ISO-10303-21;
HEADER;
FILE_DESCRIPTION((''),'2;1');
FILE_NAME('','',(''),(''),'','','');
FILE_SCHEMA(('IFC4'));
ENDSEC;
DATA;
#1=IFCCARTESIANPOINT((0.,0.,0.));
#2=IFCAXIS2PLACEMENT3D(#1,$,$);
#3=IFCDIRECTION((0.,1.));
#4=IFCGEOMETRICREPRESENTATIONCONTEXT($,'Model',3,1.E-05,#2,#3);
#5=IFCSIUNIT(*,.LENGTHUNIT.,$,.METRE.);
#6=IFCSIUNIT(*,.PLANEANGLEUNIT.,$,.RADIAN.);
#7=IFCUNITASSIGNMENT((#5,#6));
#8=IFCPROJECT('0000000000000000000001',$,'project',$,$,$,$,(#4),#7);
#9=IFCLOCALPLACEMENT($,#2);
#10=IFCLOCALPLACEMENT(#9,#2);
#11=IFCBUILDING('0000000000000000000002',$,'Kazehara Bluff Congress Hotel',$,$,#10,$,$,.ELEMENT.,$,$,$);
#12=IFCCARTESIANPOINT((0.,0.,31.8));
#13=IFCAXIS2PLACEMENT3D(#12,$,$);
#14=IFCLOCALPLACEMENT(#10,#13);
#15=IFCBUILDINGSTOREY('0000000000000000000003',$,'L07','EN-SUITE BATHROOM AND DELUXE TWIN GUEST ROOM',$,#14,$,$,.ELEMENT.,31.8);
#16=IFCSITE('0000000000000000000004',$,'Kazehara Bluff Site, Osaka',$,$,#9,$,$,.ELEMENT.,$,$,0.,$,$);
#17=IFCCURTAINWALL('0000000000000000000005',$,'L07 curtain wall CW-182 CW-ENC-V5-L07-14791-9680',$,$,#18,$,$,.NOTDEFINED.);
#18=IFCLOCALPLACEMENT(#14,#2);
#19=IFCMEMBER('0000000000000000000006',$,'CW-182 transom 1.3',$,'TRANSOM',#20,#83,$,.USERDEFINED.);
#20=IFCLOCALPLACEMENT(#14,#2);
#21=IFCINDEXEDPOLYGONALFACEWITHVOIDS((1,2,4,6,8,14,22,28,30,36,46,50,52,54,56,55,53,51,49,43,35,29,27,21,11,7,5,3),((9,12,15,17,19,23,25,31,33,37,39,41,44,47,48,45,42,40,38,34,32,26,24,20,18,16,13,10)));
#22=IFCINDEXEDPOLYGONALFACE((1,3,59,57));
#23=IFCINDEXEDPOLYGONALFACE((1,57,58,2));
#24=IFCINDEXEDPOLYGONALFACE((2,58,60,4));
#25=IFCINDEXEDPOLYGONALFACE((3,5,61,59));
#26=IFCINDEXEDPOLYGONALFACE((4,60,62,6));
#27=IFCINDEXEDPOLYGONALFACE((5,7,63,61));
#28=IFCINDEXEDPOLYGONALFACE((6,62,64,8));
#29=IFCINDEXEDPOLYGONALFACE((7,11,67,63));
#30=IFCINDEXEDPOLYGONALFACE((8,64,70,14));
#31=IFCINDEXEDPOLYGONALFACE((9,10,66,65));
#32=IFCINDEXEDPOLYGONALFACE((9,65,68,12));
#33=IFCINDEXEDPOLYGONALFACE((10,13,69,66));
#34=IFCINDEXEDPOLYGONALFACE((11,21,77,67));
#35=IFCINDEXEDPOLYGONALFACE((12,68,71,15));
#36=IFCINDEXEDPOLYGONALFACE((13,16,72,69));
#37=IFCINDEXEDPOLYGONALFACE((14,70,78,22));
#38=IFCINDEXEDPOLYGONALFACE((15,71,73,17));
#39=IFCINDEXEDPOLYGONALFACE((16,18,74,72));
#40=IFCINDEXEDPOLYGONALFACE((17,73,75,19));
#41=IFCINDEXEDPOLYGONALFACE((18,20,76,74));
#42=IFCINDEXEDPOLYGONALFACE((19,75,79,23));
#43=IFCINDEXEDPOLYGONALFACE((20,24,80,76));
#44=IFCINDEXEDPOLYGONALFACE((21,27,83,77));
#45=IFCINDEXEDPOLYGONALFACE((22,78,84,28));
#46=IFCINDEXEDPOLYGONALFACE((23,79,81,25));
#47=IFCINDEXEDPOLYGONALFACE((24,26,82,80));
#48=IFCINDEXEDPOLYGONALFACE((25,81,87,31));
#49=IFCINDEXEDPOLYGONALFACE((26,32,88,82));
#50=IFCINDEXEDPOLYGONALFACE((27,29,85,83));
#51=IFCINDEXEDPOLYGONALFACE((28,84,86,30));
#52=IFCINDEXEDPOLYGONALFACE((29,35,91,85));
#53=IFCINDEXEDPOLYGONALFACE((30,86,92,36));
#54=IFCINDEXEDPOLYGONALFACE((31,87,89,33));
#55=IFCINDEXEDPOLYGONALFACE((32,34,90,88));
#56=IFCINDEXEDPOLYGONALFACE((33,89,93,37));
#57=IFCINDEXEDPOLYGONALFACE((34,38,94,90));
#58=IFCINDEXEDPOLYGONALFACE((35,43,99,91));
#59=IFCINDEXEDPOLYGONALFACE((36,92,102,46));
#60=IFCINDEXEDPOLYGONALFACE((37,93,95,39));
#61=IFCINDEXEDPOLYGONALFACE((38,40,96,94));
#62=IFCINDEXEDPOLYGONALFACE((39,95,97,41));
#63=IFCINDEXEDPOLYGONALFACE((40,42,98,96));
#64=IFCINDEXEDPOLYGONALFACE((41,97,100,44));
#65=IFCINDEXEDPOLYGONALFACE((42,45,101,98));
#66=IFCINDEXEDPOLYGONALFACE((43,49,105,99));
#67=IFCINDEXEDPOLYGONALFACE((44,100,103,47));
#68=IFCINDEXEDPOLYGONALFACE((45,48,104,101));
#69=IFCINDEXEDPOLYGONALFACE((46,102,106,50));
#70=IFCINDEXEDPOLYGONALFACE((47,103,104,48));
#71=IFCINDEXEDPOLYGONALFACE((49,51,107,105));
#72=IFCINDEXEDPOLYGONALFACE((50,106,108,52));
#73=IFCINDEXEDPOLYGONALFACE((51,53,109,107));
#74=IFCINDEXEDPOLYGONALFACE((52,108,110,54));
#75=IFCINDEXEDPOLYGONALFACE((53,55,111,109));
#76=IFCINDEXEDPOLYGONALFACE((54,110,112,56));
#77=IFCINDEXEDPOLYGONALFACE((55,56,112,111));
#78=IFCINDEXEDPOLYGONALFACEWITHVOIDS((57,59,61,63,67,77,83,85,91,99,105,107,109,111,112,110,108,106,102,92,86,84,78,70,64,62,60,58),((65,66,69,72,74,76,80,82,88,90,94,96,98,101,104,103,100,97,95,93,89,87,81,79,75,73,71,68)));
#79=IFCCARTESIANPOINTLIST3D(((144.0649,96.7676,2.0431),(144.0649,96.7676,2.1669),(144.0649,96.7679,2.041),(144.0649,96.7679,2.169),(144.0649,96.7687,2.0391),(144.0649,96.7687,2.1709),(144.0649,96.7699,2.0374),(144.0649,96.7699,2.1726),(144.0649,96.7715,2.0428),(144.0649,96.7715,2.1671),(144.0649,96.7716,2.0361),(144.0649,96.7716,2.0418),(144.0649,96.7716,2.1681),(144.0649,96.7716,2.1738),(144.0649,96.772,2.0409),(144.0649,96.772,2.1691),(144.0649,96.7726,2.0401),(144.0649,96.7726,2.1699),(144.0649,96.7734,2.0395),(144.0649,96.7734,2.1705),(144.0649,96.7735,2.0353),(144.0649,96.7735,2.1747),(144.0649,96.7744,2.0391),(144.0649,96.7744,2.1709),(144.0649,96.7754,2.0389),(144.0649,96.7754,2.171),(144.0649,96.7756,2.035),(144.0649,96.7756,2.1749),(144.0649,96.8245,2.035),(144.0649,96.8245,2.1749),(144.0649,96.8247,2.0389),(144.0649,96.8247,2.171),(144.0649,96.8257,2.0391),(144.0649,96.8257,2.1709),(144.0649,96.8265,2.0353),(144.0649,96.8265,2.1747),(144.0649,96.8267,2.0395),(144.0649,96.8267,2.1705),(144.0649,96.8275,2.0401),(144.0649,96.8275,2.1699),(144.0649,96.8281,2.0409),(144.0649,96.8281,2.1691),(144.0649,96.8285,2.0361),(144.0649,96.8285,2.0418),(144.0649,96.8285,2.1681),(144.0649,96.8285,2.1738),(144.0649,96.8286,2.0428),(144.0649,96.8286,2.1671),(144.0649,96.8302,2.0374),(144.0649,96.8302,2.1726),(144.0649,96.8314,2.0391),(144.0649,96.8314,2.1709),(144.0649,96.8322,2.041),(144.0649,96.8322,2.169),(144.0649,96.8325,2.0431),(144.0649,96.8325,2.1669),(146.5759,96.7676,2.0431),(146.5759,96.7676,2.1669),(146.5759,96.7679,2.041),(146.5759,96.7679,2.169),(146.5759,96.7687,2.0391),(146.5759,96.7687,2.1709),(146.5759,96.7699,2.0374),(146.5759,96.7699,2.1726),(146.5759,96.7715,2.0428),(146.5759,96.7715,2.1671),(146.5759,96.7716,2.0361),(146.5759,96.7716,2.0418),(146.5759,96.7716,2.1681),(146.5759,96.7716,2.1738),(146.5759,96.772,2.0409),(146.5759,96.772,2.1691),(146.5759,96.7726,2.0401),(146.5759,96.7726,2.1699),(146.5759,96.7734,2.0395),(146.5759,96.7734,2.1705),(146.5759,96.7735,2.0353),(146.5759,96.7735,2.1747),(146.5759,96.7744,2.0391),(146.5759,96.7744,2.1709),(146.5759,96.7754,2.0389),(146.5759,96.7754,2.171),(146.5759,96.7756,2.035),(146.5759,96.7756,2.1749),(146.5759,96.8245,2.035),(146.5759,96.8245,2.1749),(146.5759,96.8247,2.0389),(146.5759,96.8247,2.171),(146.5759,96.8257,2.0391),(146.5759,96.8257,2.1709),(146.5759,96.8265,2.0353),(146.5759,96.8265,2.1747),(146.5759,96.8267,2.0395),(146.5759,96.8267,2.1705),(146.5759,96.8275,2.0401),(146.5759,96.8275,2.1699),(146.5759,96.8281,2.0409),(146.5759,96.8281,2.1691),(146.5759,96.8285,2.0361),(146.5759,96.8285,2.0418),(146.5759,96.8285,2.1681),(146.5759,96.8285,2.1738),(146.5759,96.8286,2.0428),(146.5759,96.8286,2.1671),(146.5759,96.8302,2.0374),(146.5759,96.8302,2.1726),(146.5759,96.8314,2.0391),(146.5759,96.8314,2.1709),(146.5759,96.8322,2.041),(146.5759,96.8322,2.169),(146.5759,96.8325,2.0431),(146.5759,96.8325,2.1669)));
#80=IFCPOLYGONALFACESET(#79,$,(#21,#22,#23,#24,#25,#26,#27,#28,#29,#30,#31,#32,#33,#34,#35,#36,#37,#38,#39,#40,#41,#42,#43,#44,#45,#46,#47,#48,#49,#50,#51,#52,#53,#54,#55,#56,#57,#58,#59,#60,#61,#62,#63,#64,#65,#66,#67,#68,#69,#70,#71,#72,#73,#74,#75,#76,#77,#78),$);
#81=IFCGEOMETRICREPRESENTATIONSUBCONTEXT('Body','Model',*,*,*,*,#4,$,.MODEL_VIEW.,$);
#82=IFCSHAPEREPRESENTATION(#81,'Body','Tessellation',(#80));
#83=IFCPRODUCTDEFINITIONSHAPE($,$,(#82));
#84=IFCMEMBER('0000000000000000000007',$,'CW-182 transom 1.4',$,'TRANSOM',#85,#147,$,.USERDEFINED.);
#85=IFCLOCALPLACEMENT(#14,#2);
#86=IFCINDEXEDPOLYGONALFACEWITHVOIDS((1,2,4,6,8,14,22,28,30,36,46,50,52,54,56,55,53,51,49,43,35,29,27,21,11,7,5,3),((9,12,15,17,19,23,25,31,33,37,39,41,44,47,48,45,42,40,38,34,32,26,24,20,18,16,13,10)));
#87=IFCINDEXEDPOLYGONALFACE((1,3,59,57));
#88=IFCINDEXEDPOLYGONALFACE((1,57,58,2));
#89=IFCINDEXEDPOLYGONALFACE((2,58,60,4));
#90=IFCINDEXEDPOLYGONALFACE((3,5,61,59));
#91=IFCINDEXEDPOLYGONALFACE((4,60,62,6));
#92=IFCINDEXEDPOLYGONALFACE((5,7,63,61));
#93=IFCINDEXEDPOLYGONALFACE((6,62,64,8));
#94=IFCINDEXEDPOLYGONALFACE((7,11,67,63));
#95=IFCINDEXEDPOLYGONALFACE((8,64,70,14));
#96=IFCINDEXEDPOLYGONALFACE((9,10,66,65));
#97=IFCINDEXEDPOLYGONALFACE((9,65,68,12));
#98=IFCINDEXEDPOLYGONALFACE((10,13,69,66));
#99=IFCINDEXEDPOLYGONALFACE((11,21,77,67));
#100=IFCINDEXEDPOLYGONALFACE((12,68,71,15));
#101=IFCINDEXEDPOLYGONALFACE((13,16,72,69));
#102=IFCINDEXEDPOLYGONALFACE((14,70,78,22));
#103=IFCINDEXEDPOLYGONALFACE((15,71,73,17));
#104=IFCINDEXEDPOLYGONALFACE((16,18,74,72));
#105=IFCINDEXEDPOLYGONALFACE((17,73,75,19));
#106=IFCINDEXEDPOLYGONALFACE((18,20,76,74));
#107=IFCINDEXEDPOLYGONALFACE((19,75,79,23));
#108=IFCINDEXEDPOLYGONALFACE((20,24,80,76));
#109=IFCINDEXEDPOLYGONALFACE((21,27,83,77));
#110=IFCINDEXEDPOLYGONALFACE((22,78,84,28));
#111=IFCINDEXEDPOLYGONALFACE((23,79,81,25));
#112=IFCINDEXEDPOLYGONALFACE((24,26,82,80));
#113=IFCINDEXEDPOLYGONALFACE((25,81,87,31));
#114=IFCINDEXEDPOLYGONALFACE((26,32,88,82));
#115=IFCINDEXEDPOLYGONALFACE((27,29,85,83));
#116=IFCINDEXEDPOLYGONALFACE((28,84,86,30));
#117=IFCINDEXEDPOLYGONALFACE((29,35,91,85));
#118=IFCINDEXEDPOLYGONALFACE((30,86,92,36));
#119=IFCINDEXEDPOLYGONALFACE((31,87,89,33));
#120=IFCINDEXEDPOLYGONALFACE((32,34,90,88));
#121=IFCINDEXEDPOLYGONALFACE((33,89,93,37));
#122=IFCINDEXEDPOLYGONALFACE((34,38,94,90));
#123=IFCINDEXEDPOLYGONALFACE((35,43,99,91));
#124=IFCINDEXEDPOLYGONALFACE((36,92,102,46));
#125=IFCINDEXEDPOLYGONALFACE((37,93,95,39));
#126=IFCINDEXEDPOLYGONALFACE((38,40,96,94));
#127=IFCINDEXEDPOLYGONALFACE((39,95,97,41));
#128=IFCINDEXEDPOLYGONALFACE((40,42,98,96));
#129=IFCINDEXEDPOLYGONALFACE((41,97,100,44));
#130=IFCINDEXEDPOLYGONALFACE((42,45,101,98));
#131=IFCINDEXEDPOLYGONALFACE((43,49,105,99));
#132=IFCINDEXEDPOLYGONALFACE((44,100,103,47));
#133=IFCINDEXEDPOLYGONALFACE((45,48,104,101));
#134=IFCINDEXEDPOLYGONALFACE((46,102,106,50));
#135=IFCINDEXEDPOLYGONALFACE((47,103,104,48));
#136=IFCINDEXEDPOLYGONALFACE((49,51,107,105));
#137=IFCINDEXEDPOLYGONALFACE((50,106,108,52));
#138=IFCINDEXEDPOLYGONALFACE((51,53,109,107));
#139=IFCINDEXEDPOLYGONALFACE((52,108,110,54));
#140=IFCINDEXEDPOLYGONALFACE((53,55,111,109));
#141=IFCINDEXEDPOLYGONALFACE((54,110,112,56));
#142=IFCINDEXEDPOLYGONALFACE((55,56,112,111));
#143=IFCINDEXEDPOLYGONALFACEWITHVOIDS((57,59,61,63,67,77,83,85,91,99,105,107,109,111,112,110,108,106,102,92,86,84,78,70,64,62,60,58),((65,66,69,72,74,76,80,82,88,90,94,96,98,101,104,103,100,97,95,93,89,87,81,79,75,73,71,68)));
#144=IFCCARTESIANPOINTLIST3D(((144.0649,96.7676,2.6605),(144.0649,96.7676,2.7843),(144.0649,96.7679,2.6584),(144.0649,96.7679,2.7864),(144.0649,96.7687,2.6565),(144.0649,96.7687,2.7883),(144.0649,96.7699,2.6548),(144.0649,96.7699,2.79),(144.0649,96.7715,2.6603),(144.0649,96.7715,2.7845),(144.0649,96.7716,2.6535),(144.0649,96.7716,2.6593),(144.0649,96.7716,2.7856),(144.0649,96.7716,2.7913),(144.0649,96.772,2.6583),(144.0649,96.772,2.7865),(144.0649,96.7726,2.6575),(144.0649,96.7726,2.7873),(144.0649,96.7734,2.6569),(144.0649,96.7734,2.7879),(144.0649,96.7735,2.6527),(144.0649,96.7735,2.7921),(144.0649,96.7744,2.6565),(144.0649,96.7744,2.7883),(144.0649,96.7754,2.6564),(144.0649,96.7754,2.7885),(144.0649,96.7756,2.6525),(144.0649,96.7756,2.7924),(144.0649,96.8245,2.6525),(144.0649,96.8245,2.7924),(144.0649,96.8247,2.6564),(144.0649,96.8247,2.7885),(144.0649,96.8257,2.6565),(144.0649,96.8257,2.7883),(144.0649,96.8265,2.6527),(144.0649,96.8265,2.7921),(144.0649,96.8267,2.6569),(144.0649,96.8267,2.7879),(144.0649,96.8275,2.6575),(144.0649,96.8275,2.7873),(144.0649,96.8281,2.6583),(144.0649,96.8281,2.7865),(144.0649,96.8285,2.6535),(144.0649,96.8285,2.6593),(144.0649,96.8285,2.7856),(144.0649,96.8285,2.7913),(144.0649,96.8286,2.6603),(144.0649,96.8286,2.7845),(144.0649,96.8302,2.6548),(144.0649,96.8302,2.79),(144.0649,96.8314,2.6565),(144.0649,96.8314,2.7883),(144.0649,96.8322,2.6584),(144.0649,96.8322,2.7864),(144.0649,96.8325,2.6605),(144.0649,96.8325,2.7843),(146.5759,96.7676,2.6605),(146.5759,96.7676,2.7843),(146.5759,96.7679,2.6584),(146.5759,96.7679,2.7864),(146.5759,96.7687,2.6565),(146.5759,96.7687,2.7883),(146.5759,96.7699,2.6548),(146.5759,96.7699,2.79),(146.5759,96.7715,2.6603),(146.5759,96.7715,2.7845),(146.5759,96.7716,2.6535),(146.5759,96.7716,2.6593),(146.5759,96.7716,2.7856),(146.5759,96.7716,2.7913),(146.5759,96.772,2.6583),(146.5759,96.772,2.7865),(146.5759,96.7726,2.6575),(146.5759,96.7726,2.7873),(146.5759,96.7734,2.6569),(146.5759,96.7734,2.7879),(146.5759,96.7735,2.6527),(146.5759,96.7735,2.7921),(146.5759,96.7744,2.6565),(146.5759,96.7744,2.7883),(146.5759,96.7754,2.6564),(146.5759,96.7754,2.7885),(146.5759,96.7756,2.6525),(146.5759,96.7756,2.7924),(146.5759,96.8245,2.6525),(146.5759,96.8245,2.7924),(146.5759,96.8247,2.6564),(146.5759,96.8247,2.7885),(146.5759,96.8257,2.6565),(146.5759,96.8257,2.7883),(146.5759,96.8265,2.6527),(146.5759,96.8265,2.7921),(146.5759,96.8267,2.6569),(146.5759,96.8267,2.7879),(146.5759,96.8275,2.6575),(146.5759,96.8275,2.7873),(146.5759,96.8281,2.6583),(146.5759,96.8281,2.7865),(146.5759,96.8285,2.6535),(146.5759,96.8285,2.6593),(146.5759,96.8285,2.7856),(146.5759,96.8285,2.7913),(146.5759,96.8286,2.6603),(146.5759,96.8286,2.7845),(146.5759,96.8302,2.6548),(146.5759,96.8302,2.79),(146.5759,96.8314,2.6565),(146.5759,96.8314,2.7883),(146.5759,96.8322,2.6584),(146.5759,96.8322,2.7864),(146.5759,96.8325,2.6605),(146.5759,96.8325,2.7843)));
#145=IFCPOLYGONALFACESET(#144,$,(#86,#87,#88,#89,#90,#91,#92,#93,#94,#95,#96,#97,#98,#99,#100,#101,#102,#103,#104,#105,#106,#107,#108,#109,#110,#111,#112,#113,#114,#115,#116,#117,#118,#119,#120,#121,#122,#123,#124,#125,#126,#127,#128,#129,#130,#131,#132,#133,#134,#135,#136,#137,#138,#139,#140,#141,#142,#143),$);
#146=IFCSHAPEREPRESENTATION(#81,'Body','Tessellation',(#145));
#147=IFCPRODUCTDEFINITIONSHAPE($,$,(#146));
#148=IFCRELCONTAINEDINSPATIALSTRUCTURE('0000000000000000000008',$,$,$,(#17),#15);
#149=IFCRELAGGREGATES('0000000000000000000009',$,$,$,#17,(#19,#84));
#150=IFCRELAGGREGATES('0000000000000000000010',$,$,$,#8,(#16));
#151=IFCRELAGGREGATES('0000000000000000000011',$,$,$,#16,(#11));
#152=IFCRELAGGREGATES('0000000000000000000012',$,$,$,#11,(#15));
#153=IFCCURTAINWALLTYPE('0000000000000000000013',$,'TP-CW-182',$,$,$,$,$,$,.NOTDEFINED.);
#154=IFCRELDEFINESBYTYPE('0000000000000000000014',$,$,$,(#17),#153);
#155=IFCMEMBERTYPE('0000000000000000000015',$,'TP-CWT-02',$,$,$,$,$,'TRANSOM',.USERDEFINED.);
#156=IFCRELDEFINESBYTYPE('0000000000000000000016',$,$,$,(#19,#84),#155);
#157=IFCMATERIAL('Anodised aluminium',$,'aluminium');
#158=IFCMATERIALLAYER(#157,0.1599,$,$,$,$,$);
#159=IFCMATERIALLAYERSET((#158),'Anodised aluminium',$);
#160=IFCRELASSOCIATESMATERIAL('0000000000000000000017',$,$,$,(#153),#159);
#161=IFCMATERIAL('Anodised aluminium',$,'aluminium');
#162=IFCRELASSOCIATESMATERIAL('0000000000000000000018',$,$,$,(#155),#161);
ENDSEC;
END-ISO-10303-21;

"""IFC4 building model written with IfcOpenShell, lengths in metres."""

from ifc_helpers import new_model, si_unit, direction, frame, origin, origin_2d, place, context, subcontext, project, spatial, hollow_rectangle, extrude, material, layer, layer_set, material_profile, profile_set, type_object, element, aggregate, save


model = new_model("IFC4")

# Units and contexts
model_context = context("Model", 3, precision=1e-05, world=origin(), true_north=direction((0.0, 1.0)))
body_context = subcontext(model_context, "Body", "Model", "MODEL_VIEW")
ifc_project = project(units=[si_unit("LENGTHUNIT", "METRE"), si_unit("PLANEANGLEUNIT", "RADIAN")], contexts=[model_context])

# Site, building, storey
site_placement = place(None, origin())
site = spatial("IfcSite", under=ifc_project, at=site_placement, Name="Kazehara Bluff Site, Osaka", CompositionType="ELEMENT", RefElevation=0.0)
building_placement = place(site_placement, origin())
building = spatial("IfcBuilding", under=site, at=building_placement, Name="Kazehara Bluff Congress Hotel", CompositionType="ELEMENT")
storey_placement = place(building_placement, frame((0.0, 0.0, 31.8)))
storey = spatial("IfcBuildingStorey", under=building, at=storey_placement, Name="L07", Description="EN-SUITE BATHROOM AND DELUXE TWIN GUEST ROOM", CompositionType="ELEMENT", Elevation=31.8)

# Curtain wall, members
ifc_material_1 = material(Name="Anodised aluminium", Category="aluminium")
ifc_layer_1 = layer(ifc_material_1, 0.1599)
ifc_layer_set_1 = layer_set([ifc_layer_1], Name="Anodised aluminium")
curtain_wall_type_1 = type_object("IfcCurtainWallType", Name="TP-CW-182", PredefinedType="NOTDEFINED", material=ifc_layer_set_1)
curtain_wall_1_placement = place(storey_placement, origin())
curtain_wall_1 = element("IfcCurtainWall", 1, at=curtain_wall_1_placement, inside=storey, type_object=curtain_wall_type_1, Name="L07 curtain wall CW-182 CW-ENC-V5-L07-14791-9680", PredefinedType="NOTDEFINED")
ifc_material_2 = material(Name="Anodised aluminium", Category="aluminium")
ifc_material_profile_1 = material_profile(ifc_material_2, hollow_rectangle(XDim=0.0649, YDim=0.1399, WallThickness=0.0039, InnerFilletRadius=0.0039, OuterFilletRadius=0.0081, at=origin_2d()))
ifc_profile_set_1 = profile_set([ifc_material_profile_1], Name="Anodised aluminium")
member_type_1 = type_object("IfcMemberType", Name="TP-CWT-02", ElementType="TRANSOM", PredefinedType="USERDEFINED", material=ifc_profile_set_1)
member_1_placement = place(storey_placement, frame((144.0649, 96.8, 2.105), z_axis=(1.0, 0.0, 0.0), x_axis=(0.0, 1.0, 0.0)))
member_1 = element("IfcMember", 2, at=member_1_placement, type_object=member_type_1, Name="CW-182 transom 1.3", ObjectType="TRANSOM", PredefinedType="USERDEFINED", context=body_context, shape_type="SweptSolid", body=[
    extrude(hollow_rectangle(XDim=0.0649, YDim=0.1399, WallThickness=0.0039, InnerFilletRadius=0.0039, OuterFilletRadius=0.0081, at=origin_2d()), origin(), (0.0, 0.0, 1.0), 2.511),
])
member_2_placement = place(storey_placement, frame((144.0649, 96.8, 2.7224), z_axis=(1.0, 0.0, 0.0), x_axis=(0.0, 1.0, 0.0)))
member_2 = element("IfcMember", 3, at=member_2_placement, type_object=member_type_1, Name="CW-182 transom 1.4", ObjectType="TRANSOM", PredefinedType="USERDEFINED", context=body_context, shape_type="SweptSolid", body=[
    extrude(hollow_rectangle(XDim=0.0649, YDim=0.1399, WallThickness=0.0039, InnerFilletRadius=0.0039, OuterFilletRadius=0.0081, at=origin_2d()), origin(), (0.0, 0.0, 1.0), 2.511),
])

aggregate(curtain_wall_1, [member_1, member_2])

save(model, "model.ifc")
